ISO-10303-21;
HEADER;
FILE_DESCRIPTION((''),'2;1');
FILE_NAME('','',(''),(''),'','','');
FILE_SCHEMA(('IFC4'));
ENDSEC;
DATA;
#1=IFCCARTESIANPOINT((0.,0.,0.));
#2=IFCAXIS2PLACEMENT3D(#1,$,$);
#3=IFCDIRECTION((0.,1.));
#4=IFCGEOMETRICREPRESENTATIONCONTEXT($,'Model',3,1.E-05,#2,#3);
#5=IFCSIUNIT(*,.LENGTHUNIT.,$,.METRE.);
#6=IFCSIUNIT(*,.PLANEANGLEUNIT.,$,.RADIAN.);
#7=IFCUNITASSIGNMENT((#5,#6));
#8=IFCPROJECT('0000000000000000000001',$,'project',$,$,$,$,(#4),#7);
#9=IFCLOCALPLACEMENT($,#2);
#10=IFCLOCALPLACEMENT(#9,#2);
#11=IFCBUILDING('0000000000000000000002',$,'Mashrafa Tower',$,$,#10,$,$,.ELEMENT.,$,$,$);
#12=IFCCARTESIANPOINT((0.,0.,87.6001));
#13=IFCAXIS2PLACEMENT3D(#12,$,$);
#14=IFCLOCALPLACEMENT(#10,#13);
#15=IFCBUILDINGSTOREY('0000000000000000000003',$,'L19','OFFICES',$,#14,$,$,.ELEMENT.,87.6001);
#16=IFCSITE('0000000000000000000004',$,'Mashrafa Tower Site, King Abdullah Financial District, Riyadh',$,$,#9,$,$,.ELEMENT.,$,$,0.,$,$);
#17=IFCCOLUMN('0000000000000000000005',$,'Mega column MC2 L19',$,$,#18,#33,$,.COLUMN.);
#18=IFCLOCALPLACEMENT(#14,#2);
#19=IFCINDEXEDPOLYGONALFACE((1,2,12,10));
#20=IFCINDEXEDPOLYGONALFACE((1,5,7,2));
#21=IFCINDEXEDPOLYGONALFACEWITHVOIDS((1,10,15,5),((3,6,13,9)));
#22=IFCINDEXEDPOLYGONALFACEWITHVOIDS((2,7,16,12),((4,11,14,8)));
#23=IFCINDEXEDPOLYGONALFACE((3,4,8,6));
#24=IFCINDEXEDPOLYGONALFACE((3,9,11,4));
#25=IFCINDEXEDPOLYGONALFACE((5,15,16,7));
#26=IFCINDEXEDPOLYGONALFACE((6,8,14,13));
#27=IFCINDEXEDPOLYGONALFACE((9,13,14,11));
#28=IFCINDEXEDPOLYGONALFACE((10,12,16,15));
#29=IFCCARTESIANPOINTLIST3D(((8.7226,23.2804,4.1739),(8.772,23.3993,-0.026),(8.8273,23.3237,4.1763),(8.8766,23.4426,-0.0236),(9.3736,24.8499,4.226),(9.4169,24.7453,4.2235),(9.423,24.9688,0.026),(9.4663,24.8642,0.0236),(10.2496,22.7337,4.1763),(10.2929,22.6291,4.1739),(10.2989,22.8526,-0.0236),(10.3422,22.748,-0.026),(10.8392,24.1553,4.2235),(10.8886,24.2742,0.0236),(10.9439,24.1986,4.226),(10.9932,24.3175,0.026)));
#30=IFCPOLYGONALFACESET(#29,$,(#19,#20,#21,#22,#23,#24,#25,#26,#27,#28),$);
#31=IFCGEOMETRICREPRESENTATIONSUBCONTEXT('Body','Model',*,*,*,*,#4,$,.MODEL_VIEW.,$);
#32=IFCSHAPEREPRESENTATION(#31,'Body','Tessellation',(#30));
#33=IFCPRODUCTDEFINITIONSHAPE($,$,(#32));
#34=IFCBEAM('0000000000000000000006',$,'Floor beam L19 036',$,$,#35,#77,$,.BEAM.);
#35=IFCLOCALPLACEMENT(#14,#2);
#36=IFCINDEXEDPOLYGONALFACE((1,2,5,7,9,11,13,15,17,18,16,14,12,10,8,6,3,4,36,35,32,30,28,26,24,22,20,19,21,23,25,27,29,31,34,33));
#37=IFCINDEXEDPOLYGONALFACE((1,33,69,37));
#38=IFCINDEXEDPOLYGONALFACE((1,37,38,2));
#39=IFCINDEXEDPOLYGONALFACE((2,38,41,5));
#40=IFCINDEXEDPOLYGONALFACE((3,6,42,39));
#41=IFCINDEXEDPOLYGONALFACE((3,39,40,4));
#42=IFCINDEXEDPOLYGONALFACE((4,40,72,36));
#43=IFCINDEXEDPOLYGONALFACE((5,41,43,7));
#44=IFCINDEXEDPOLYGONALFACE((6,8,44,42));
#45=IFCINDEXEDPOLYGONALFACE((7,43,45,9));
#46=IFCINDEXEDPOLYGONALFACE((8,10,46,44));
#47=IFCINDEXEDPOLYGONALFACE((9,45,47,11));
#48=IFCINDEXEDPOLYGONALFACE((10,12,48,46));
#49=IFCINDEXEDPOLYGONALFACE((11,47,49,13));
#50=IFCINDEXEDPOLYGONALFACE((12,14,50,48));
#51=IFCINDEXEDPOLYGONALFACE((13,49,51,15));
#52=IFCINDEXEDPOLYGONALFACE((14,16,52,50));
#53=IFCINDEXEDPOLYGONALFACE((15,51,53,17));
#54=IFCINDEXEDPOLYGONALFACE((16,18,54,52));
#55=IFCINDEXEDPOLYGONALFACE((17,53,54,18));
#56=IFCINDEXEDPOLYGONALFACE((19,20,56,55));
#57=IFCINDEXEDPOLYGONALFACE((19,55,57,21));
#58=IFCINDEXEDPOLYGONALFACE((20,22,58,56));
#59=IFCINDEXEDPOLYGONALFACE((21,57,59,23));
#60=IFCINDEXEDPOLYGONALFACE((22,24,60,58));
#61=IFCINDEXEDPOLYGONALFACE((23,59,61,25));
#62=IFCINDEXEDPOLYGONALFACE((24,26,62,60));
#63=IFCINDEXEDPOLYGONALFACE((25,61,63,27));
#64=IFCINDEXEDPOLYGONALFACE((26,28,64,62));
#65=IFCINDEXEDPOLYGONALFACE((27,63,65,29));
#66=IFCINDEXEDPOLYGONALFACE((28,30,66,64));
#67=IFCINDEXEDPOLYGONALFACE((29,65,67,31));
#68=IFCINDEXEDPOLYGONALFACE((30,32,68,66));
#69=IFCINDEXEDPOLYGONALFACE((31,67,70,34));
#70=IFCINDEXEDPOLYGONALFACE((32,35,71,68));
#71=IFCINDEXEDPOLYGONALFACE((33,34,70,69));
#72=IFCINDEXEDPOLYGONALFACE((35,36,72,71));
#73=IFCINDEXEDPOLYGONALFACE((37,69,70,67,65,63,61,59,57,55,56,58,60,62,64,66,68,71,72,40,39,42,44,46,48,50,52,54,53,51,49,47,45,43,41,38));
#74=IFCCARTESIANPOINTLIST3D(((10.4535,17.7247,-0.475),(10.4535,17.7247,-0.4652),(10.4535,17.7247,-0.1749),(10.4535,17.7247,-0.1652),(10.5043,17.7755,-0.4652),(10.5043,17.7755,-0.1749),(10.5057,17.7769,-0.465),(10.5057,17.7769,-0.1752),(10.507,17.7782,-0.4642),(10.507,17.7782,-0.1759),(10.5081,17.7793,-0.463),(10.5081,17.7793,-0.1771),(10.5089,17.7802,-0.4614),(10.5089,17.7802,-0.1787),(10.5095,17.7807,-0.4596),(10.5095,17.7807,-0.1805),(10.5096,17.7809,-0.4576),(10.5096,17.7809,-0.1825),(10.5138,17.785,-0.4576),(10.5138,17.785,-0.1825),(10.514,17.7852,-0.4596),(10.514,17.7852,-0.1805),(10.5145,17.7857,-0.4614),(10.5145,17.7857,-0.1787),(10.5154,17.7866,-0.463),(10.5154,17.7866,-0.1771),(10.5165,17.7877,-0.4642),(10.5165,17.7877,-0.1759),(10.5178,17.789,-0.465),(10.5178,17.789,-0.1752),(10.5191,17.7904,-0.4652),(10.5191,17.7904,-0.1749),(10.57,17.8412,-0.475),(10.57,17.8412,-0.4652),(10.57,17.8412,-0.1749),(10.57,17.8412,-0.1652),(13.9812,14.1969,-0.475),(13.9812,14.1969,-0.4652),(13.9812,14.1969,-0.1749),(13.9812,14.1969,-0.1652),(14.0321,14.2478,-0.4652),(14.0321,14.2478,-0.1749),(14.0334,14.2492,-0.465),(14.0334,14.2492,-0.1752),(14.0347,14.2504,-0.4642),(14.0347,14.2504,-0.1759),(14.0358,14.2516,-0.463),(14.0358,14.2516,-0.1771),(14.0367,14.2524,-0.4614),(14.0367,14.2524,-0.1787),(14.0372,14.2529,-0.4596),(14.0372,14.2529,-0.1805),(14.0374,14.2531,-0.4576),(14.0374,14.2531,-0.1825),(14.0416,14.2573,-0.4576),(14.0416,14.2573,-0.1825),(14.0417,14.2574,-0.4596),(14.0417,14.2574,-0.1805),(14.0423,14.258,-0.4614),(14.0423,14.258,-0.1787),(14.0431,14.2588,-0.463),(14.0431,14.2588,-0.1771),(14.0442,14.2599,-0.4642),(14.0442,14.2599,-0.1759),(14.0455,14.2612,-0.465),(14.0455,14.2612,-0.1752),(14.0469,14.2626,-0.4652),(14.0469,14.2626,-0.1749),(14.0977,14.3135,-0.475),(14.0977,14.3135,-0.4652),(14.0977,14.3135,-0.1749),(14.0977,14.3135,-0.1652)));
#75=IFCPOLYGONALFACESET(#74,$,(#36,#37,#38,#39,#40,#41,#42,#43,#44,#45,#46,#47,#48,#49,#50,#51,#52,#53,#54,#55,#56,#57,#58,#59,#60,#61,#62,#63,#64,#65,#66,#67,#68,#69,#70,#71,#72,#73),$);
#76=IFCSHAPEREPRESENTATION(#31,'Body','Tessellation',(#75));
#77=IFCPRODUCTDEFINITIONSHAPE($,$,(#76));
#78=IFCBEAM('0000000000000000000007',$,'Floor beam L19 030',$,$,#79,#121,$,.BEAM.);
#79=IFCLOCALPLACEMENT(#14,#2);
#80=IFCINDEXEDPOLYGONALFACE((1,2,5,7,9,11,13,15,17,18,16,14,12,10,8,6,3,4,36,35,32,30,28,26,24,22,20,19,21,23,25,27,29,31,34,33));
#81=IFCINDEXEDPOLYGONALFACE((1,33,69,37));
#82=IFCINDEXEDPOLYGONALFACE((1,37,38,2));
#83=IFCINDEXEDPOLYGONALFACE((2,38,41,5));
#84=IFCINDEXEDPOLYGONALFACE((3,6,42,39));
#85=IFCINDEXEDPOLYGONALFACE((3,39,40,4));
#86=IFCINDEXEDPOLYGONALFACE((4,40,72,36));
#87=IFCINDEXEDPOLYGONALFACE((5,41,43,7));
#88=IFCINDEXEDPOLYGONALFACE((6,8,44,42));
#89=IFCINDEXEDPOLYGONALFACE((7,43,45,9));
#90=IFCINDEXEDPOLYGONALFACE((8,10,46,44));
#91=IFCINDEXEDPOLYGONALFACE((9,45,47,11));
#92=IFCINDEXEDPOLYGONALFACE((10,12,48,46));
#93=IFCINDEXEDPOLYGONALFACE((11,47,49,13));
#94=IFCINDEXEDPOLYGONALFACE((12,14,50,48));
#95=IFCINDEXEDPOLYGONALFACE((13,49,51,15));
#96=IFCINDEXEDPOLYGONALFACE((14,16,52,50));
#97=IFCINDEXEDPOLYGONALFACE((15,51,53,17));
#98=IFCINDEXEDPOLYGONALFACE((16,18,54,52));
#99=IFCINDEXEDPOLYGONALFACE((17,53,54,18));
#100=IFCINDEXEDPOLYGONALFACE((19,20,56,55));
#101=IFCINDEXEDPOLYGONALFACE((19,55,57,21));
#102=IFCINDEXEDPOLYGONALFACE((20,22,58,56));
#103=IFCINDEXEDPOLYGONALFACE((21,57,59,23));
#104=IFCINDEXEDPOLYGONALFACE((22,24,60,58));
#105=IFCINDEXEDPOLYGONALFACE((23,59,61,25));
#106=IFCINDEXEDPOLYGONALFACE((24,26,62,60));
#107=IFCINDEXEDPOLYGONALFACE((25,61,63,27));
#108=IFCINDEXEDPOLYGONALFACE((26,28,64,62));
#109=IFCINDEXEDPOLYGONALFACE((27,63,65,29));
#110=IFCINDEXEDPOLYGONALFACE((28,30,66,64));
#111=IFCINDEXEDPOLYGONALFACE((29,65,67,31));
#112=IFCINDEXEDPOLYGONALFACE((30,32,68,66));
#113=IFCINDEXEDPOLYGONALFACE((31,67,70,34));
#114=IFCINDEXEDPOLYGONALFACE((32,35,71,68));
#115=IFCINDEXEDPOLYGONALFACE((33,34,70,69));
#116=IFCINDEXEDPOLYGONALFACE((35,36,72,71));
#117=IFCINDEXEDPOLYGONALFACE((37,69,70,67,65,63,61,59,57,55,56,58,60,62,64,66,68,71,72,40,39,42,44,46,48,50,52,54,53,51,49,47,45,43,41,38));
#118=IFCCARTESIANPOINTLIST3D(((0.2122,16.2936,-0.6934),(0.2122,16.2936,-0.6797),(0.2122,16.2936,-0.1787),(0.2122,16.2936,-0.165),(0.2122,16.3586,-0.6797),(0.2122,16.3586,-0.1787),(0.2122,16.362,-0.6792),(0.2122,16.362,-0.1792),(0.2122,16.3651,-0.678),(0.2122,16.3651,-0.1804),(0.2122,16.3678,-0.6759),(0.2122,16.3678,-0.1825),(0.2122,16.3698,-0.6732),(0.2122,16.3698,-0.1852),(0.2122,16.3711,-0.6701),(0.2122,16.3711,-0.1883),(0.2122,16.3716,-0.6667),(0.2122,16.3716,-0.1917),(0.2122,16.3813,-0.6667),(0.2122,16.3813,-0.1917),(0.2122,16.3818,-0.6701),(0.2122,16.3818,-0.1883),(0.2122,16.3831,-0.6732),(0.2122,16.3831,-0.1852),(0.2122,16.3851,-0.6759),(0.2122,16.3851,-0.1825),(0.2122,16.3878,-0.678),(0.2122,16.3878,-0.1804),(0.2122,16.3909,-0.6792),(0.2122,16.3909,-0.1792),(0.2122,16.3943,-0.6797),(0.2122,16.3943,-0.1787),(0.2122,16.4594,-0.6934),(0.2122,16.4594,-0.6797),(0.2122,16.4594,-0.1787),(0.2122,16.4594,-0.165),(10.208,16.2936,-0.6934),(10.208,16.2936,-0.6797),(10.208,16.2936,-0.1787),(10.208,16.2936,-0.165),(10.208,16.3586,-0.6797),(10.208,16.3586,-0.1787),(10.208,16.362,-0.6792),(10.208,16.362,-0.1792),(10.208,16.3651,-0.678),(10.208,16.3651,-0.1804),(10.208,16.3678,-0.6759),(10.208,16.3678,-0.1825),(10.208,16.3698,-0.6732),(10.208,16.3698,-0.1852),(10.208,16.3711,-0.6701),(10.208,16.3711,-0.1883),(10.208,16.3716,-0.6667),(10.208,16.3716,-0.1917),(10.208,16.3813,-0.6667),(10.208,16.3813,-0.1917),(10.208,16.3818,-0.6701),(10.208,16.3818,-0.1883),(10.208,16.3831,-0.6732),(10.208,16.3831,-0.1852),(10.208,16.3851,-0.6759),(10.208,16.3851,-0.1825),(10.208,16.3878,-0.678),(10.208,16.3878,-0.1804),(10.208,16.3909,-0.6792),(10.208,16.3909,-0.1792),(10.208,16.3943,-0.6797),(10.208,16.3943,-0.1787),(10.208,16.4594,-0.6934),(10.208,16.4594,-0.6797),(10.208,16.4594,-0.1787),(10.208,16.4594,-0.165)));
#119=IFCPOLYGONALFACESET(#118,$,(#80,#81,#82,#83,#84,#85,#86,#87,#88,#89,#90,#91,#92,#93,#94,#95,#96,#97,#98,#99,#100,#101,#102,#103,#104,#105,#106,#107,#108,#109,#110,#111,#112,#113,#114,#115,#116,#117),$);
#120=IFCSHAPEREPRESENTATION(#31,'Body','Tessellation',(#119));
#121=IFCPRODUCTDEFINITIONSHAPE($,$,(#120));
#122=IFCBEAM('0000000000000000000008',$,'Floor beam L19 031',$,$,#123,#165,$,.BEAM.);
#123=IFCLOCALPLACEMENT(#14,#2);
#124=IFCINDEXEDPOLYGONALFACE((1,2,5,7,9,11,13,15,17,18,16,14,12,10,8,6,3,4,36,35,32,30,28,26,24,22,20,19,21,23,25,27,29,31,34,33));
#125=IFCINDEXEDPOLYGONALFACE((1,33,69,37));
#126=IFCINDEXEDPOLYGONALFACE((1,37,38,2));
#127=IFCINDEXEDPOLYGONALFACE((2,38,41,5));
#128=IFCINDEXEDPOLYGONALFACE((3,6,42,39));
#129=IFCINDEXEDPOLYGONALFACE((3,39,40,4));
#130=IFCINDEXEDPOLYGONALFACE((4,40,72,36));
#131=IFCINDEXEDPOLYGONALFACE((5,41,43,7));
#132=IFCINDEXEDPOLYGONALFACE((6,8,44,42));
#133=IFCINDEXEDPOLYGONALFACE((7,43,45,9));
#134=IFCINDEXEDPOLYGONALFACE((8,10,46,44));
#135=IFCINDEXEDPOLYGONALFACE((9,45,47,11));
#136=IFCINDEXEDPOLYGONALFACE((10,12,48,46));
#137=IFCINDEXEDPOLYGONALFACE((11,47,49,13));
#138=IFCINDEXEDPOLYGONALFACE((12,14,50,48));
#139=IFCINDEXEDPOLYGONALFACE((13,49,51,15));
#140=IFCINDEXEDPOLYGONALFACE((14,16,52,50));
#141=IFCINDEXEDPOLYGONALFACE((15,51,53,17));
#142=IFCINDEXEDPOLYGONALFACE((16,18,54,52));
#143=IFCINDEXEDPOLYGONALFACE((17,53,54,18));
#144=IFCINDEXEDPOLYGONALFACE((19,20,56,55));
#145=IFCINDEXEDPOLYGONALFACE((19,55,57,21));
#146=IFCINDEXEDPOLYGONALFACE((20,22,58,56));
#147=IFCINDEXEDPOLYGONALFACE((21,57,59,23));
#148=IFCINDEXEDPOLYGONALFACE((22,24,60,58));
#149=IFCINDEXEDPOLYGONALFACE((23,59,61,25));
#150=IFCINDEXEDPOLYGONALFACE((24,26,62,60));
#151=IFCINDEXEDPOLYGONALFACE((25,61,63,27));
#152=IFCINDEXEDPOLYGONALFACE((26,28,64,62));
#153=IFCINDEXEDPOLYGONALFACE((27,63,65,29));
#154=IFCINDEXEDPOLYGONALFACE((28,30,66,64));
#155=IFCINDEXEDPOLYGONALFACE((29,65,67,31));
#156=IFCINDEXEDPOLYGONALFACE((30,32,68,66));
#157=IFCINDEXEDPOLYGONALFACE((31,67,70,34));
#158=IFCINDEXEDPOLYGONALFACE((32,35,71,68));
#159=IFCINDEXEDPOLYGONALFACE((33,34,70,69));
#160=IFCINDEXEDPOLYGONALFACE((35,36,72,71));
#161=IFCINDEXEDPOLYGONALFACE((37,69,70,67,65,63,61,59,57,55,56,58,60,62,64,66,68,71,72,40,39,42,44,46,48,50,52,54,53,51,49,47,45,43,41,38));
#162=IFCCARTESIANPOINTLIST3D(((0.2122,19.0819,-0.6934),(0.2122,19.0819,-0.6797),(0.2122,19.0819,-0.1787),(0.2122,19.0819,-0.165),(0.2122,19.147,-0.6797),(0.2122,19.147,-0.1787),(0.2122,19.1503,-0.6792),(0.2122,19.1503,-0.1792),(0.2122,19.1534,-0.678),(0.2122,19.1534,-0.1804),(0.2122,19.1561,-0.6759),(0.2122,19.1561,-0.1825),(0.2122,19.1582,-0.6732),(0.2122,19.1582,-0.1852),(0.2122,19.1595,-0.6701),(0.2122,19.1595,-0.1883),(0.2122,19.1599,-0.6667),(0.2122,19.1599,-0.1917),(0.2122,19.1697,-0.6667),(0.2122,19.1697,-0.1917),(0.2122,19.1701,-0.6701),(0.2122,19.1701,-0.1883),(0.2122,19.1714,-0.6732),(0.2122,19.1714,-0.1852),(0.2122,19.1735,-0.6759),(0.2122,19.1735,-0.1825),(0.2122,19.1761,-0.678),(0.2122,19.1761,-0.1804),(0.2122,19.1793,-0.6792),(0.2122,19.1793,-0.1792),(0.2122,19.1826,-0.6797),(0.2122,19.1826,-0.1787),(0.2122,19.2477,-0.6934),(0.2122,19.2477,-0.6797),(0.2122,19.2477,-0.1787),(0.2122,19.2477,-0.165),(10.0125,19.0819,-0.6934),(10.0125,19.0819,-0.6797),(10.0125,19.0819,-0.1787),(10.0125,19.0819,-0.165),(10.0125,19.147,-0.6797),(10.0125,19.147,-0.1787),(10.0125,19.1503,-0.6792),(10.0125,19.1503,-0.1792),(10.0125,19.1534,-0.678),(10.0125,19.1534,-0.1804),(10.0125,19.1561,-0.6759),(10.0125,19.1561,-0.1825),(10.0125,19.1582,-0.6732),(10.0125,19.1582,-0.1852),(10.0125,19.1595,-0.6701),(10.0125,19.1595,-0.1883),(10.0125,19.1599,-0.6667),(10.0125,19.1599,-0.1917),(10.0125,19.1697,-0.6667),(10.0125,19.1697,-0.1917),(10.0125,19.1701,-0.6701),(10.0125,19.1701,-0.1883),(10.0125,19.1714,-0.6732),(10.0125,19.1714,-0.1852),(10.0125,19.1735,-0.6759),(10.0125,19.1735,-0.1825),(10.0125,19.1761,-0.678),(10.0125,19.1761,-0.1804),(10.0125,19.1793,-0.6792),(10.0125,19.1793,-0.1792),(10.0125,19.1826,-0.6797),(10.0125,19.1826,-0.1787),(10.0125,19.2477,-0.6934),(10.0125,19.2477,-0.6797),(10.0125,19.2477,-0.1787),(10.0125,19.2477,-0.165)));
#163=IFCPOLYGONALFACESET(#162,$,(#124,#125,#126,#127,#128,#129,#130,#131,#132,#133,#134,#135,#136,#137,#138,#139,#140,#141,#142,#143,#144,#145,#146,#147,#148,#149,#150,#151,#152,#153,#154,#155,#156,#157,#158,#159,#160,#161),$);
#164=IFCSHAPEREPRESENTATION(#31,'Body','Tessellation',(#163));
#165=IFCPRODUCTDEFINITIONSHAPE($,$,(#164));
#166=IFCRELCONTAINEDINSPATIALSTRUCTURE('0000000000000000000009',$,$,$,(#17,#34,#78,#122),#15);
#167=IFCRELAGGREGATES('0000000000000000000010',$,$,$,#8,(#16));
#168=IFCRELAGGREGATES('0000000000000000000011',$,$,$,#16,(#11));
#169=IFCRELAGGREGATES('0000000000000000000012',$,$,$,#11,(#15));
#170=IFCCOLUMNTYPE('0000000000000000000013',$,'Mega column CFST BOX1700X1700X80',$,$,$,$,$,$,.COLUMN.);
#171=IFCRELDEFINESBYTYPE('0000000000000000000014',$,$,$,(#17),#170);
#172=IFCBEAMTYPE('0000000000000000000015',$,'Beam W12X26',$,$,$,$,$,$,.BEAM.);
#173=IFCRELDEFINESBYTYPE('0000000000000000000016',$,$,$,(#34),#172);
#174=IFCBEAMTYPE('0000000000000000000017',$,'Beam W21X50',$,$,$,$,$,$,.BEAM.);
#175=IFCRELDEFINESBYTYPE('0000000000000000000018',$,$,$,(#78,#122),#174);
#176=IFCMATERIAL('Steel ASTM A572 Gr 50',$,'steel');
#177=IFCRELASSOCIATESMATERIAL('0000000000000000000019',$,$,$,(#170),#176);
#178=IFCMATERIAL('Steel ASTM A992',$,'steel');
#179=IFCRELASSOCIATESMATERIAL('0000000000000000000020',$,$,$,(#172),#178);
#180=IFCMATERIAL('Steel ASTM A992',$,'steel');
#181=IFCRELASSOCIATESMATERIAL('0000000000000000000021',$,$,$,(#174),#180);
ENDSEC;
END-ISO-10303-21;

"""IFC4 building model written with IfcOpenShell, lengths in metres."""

from ifc_helpers import new_model, si_unit, direction, frame, origin, origin_2d, place, context, subcontext, project, spatial, hollow_rectangle, i_section, extrude, material, material_profile, profile_set, type_object, element, save


model = new_model("IFC4")

# Units and contexts
model_context = context("Model", 3, precision=1e-05, world=origin(), true_north=direction((0.0, 1.0)))
body_context = subcontext(model_context, "Body", "Model", "MODEL_VIEW")
ifc_project = project(units=[si_unit("LENGTHUNIT", "METRE"), si_unit("PLANEANGLEUNIT", "RADIAN")], contexts=[model_context])

# Site, building, storey
site_placement = place(None, origin())
site = spatial("IfcSite", under=ifc_project, at=site_placement, Name="Mashrafa Tower Site, King Abdullah Financial District, Riyadh", CompositionType="ELEMENT", RefElevation=0.0)
building_placement = place(site_placement, origin())
building = spatial("IfcBuilding", under=site, at=building_placement, Name="Mashrafa Tower", CompositionType="ELEMENT")
storey_placement = place(building_placement, frame((0.0, 0.0, 87.6001)))
storey = spatial("IfcBuildingStorey", under=building, at=storey_placement, Name="L19", Description="OFFICES", CompositionType="ELEMENT", Elevation=87.6001)

# Column
ifc_material_1 = material(Name="Steel ASTM A572 Gr 50", Category="steel")
ifc_material_profile_1 = material_profile(ifc_material_1, hollow_rectangle(XDim=1.7, YDim=1.7, WallThickness=0.0801, at=origin_2d()), Name="BOX1700X1700X80")
ifc_profile_set_1 = profile_set([ifc_material_profile_1], Name="Steel ASTM A572 Gr 50")
column_type = type_object("IfcColumnType", Name="Mega column CFST BOX1700X1700X80", PredefinedType="COLUMN", material=ifc_profile_set_1)
column_placement = place(storey_placement, frame((9.8826, 23.8584, 0.0), z_axis=(-0.011737, -0.028296, 0.999531), x_axis=(0.923693, -0.383133, 0.0)))
element("IfcColumn", 1, at=column_placement, inside=storey, type_object=column_type, Name="Mega column MC2 L19", PredefinedType="COLUMN", context=body_context, shape_type="SweptSolid", body=[
    extrude(hollow_rectangle(XDim=1.7, YDim=1.7, WallThickness=0.0801, at=origin_2d()), origin(), (0.0, 0.0, 1.0), 4.2019),
])

# Beams
ifc_material_2 = material(Name="Steel ASTM A992", Category="steel")
ifc_material_profile_2 = material_profile(ifc_material_2, i_section(OverallWidth=0.1648, OverallDepth=0.3098, WebThickness=0.0059, FlangeThickness=0.0098, FilletRadius=0.0076, at=origin_2d()), Name="W12X26")
ifc_profile_set_2 = profile_set([ifc_material_profile_2], Name="Steel ASTM A992")
beam_type_1 = type_object("IfcBeamType", Name="Beam W12X26", PredefinedType="BEAM", material=ifc_profile_set_2)
beam_1_placement = place(storey_placement, frame((10.5117, 17.783, -0.3201), z_axis=(0.707107, -0.707107, 0.0), x_axis=(0.707107, 0.707107, 0.0)))
element("IfcBeam", 2, at=beam_1_placement, inside=storey, type_object=beam_type_1, Name="Floor beam L19 036", PredefinedType="BEAM", context=body_context, shape_type="SweptSolid", body=[
    extrude(i_section(OverallWidth=0.1648, OverallDepth=0.3098, WebThickness=0.0059, FlangeThickness=0.0098, FilletRadius=0.0076, at=origin_2d()), origin(), (0.0, 0.0, 1.0), 4.989),
])
ifc_material_3 = material(Name="Steel ASTM A992", Category="steel")
ifc_material_profile_3 = material_profile(ifc_material_3, i_section(OverallWidth=0.1658, OverallDepth=0.5283, WebThickness=0.0098, FlangeThickness=0.0137, FilletRadius=0.0129, at=origin_2d()), Name="W21X50")
ifc_profile_set_3 = profile_set([ifc_material_profile_3], Name="Steel ASTM A992")
beam_type_2 = type_object("IfcBeamType", Name="Beam W21X50", PredefinedType="BEAM", material=ifc_profile_set_3)
beam_2_placement = place(storey_placement, frame((0.2122, 16.3765, -0.4292), z_axis=(1.0, 0.0, 0.0), x_axis=(0.0, 1.0, 0.0)))
element("IfcBeam", 3, at=beam_2_placement, inside=storey, type_object=beam_type_2, Name="Floor beam L19 030", PredefinedType="BEAM", context=body_context, shape_type="SweptSolid", body=[
    extrude(i_section(OverallWidth=0.1658, OverallDepth=0.5283, WebThickness=0.0098, FlangeThickness=0.0137, FilletRadius=0.0129, at=origin_2d()), origin(), (0.0, 0.0, 1.0), 9.9958),
])
beam_3_placement = place(storey_placement, frame((0.2122, 19.1648, -0.4292), z_axis=(1.0, 0.0, 0.0), x_axis=(0.0, 1.0, 0.0)))
element("IfcBeam", 4, at=beam_3_placement, inside=storey, type_object=beam_type_2, Name="Floor beam L19 031", PredefinedType="BEAM", context=body_context, shape_type="SweptSolid", body=[
    extrude(i_section(OverallWidth=0.1658, OverallDepth=0.5283, WebThickness=0.0098, FlangeThickness=0.0137, FilletRadius=0.0129, at=origin_2d()), origin(), (0.0, 0.0, 1.0), 9.8003),
])

save(model, "model.ifc")
